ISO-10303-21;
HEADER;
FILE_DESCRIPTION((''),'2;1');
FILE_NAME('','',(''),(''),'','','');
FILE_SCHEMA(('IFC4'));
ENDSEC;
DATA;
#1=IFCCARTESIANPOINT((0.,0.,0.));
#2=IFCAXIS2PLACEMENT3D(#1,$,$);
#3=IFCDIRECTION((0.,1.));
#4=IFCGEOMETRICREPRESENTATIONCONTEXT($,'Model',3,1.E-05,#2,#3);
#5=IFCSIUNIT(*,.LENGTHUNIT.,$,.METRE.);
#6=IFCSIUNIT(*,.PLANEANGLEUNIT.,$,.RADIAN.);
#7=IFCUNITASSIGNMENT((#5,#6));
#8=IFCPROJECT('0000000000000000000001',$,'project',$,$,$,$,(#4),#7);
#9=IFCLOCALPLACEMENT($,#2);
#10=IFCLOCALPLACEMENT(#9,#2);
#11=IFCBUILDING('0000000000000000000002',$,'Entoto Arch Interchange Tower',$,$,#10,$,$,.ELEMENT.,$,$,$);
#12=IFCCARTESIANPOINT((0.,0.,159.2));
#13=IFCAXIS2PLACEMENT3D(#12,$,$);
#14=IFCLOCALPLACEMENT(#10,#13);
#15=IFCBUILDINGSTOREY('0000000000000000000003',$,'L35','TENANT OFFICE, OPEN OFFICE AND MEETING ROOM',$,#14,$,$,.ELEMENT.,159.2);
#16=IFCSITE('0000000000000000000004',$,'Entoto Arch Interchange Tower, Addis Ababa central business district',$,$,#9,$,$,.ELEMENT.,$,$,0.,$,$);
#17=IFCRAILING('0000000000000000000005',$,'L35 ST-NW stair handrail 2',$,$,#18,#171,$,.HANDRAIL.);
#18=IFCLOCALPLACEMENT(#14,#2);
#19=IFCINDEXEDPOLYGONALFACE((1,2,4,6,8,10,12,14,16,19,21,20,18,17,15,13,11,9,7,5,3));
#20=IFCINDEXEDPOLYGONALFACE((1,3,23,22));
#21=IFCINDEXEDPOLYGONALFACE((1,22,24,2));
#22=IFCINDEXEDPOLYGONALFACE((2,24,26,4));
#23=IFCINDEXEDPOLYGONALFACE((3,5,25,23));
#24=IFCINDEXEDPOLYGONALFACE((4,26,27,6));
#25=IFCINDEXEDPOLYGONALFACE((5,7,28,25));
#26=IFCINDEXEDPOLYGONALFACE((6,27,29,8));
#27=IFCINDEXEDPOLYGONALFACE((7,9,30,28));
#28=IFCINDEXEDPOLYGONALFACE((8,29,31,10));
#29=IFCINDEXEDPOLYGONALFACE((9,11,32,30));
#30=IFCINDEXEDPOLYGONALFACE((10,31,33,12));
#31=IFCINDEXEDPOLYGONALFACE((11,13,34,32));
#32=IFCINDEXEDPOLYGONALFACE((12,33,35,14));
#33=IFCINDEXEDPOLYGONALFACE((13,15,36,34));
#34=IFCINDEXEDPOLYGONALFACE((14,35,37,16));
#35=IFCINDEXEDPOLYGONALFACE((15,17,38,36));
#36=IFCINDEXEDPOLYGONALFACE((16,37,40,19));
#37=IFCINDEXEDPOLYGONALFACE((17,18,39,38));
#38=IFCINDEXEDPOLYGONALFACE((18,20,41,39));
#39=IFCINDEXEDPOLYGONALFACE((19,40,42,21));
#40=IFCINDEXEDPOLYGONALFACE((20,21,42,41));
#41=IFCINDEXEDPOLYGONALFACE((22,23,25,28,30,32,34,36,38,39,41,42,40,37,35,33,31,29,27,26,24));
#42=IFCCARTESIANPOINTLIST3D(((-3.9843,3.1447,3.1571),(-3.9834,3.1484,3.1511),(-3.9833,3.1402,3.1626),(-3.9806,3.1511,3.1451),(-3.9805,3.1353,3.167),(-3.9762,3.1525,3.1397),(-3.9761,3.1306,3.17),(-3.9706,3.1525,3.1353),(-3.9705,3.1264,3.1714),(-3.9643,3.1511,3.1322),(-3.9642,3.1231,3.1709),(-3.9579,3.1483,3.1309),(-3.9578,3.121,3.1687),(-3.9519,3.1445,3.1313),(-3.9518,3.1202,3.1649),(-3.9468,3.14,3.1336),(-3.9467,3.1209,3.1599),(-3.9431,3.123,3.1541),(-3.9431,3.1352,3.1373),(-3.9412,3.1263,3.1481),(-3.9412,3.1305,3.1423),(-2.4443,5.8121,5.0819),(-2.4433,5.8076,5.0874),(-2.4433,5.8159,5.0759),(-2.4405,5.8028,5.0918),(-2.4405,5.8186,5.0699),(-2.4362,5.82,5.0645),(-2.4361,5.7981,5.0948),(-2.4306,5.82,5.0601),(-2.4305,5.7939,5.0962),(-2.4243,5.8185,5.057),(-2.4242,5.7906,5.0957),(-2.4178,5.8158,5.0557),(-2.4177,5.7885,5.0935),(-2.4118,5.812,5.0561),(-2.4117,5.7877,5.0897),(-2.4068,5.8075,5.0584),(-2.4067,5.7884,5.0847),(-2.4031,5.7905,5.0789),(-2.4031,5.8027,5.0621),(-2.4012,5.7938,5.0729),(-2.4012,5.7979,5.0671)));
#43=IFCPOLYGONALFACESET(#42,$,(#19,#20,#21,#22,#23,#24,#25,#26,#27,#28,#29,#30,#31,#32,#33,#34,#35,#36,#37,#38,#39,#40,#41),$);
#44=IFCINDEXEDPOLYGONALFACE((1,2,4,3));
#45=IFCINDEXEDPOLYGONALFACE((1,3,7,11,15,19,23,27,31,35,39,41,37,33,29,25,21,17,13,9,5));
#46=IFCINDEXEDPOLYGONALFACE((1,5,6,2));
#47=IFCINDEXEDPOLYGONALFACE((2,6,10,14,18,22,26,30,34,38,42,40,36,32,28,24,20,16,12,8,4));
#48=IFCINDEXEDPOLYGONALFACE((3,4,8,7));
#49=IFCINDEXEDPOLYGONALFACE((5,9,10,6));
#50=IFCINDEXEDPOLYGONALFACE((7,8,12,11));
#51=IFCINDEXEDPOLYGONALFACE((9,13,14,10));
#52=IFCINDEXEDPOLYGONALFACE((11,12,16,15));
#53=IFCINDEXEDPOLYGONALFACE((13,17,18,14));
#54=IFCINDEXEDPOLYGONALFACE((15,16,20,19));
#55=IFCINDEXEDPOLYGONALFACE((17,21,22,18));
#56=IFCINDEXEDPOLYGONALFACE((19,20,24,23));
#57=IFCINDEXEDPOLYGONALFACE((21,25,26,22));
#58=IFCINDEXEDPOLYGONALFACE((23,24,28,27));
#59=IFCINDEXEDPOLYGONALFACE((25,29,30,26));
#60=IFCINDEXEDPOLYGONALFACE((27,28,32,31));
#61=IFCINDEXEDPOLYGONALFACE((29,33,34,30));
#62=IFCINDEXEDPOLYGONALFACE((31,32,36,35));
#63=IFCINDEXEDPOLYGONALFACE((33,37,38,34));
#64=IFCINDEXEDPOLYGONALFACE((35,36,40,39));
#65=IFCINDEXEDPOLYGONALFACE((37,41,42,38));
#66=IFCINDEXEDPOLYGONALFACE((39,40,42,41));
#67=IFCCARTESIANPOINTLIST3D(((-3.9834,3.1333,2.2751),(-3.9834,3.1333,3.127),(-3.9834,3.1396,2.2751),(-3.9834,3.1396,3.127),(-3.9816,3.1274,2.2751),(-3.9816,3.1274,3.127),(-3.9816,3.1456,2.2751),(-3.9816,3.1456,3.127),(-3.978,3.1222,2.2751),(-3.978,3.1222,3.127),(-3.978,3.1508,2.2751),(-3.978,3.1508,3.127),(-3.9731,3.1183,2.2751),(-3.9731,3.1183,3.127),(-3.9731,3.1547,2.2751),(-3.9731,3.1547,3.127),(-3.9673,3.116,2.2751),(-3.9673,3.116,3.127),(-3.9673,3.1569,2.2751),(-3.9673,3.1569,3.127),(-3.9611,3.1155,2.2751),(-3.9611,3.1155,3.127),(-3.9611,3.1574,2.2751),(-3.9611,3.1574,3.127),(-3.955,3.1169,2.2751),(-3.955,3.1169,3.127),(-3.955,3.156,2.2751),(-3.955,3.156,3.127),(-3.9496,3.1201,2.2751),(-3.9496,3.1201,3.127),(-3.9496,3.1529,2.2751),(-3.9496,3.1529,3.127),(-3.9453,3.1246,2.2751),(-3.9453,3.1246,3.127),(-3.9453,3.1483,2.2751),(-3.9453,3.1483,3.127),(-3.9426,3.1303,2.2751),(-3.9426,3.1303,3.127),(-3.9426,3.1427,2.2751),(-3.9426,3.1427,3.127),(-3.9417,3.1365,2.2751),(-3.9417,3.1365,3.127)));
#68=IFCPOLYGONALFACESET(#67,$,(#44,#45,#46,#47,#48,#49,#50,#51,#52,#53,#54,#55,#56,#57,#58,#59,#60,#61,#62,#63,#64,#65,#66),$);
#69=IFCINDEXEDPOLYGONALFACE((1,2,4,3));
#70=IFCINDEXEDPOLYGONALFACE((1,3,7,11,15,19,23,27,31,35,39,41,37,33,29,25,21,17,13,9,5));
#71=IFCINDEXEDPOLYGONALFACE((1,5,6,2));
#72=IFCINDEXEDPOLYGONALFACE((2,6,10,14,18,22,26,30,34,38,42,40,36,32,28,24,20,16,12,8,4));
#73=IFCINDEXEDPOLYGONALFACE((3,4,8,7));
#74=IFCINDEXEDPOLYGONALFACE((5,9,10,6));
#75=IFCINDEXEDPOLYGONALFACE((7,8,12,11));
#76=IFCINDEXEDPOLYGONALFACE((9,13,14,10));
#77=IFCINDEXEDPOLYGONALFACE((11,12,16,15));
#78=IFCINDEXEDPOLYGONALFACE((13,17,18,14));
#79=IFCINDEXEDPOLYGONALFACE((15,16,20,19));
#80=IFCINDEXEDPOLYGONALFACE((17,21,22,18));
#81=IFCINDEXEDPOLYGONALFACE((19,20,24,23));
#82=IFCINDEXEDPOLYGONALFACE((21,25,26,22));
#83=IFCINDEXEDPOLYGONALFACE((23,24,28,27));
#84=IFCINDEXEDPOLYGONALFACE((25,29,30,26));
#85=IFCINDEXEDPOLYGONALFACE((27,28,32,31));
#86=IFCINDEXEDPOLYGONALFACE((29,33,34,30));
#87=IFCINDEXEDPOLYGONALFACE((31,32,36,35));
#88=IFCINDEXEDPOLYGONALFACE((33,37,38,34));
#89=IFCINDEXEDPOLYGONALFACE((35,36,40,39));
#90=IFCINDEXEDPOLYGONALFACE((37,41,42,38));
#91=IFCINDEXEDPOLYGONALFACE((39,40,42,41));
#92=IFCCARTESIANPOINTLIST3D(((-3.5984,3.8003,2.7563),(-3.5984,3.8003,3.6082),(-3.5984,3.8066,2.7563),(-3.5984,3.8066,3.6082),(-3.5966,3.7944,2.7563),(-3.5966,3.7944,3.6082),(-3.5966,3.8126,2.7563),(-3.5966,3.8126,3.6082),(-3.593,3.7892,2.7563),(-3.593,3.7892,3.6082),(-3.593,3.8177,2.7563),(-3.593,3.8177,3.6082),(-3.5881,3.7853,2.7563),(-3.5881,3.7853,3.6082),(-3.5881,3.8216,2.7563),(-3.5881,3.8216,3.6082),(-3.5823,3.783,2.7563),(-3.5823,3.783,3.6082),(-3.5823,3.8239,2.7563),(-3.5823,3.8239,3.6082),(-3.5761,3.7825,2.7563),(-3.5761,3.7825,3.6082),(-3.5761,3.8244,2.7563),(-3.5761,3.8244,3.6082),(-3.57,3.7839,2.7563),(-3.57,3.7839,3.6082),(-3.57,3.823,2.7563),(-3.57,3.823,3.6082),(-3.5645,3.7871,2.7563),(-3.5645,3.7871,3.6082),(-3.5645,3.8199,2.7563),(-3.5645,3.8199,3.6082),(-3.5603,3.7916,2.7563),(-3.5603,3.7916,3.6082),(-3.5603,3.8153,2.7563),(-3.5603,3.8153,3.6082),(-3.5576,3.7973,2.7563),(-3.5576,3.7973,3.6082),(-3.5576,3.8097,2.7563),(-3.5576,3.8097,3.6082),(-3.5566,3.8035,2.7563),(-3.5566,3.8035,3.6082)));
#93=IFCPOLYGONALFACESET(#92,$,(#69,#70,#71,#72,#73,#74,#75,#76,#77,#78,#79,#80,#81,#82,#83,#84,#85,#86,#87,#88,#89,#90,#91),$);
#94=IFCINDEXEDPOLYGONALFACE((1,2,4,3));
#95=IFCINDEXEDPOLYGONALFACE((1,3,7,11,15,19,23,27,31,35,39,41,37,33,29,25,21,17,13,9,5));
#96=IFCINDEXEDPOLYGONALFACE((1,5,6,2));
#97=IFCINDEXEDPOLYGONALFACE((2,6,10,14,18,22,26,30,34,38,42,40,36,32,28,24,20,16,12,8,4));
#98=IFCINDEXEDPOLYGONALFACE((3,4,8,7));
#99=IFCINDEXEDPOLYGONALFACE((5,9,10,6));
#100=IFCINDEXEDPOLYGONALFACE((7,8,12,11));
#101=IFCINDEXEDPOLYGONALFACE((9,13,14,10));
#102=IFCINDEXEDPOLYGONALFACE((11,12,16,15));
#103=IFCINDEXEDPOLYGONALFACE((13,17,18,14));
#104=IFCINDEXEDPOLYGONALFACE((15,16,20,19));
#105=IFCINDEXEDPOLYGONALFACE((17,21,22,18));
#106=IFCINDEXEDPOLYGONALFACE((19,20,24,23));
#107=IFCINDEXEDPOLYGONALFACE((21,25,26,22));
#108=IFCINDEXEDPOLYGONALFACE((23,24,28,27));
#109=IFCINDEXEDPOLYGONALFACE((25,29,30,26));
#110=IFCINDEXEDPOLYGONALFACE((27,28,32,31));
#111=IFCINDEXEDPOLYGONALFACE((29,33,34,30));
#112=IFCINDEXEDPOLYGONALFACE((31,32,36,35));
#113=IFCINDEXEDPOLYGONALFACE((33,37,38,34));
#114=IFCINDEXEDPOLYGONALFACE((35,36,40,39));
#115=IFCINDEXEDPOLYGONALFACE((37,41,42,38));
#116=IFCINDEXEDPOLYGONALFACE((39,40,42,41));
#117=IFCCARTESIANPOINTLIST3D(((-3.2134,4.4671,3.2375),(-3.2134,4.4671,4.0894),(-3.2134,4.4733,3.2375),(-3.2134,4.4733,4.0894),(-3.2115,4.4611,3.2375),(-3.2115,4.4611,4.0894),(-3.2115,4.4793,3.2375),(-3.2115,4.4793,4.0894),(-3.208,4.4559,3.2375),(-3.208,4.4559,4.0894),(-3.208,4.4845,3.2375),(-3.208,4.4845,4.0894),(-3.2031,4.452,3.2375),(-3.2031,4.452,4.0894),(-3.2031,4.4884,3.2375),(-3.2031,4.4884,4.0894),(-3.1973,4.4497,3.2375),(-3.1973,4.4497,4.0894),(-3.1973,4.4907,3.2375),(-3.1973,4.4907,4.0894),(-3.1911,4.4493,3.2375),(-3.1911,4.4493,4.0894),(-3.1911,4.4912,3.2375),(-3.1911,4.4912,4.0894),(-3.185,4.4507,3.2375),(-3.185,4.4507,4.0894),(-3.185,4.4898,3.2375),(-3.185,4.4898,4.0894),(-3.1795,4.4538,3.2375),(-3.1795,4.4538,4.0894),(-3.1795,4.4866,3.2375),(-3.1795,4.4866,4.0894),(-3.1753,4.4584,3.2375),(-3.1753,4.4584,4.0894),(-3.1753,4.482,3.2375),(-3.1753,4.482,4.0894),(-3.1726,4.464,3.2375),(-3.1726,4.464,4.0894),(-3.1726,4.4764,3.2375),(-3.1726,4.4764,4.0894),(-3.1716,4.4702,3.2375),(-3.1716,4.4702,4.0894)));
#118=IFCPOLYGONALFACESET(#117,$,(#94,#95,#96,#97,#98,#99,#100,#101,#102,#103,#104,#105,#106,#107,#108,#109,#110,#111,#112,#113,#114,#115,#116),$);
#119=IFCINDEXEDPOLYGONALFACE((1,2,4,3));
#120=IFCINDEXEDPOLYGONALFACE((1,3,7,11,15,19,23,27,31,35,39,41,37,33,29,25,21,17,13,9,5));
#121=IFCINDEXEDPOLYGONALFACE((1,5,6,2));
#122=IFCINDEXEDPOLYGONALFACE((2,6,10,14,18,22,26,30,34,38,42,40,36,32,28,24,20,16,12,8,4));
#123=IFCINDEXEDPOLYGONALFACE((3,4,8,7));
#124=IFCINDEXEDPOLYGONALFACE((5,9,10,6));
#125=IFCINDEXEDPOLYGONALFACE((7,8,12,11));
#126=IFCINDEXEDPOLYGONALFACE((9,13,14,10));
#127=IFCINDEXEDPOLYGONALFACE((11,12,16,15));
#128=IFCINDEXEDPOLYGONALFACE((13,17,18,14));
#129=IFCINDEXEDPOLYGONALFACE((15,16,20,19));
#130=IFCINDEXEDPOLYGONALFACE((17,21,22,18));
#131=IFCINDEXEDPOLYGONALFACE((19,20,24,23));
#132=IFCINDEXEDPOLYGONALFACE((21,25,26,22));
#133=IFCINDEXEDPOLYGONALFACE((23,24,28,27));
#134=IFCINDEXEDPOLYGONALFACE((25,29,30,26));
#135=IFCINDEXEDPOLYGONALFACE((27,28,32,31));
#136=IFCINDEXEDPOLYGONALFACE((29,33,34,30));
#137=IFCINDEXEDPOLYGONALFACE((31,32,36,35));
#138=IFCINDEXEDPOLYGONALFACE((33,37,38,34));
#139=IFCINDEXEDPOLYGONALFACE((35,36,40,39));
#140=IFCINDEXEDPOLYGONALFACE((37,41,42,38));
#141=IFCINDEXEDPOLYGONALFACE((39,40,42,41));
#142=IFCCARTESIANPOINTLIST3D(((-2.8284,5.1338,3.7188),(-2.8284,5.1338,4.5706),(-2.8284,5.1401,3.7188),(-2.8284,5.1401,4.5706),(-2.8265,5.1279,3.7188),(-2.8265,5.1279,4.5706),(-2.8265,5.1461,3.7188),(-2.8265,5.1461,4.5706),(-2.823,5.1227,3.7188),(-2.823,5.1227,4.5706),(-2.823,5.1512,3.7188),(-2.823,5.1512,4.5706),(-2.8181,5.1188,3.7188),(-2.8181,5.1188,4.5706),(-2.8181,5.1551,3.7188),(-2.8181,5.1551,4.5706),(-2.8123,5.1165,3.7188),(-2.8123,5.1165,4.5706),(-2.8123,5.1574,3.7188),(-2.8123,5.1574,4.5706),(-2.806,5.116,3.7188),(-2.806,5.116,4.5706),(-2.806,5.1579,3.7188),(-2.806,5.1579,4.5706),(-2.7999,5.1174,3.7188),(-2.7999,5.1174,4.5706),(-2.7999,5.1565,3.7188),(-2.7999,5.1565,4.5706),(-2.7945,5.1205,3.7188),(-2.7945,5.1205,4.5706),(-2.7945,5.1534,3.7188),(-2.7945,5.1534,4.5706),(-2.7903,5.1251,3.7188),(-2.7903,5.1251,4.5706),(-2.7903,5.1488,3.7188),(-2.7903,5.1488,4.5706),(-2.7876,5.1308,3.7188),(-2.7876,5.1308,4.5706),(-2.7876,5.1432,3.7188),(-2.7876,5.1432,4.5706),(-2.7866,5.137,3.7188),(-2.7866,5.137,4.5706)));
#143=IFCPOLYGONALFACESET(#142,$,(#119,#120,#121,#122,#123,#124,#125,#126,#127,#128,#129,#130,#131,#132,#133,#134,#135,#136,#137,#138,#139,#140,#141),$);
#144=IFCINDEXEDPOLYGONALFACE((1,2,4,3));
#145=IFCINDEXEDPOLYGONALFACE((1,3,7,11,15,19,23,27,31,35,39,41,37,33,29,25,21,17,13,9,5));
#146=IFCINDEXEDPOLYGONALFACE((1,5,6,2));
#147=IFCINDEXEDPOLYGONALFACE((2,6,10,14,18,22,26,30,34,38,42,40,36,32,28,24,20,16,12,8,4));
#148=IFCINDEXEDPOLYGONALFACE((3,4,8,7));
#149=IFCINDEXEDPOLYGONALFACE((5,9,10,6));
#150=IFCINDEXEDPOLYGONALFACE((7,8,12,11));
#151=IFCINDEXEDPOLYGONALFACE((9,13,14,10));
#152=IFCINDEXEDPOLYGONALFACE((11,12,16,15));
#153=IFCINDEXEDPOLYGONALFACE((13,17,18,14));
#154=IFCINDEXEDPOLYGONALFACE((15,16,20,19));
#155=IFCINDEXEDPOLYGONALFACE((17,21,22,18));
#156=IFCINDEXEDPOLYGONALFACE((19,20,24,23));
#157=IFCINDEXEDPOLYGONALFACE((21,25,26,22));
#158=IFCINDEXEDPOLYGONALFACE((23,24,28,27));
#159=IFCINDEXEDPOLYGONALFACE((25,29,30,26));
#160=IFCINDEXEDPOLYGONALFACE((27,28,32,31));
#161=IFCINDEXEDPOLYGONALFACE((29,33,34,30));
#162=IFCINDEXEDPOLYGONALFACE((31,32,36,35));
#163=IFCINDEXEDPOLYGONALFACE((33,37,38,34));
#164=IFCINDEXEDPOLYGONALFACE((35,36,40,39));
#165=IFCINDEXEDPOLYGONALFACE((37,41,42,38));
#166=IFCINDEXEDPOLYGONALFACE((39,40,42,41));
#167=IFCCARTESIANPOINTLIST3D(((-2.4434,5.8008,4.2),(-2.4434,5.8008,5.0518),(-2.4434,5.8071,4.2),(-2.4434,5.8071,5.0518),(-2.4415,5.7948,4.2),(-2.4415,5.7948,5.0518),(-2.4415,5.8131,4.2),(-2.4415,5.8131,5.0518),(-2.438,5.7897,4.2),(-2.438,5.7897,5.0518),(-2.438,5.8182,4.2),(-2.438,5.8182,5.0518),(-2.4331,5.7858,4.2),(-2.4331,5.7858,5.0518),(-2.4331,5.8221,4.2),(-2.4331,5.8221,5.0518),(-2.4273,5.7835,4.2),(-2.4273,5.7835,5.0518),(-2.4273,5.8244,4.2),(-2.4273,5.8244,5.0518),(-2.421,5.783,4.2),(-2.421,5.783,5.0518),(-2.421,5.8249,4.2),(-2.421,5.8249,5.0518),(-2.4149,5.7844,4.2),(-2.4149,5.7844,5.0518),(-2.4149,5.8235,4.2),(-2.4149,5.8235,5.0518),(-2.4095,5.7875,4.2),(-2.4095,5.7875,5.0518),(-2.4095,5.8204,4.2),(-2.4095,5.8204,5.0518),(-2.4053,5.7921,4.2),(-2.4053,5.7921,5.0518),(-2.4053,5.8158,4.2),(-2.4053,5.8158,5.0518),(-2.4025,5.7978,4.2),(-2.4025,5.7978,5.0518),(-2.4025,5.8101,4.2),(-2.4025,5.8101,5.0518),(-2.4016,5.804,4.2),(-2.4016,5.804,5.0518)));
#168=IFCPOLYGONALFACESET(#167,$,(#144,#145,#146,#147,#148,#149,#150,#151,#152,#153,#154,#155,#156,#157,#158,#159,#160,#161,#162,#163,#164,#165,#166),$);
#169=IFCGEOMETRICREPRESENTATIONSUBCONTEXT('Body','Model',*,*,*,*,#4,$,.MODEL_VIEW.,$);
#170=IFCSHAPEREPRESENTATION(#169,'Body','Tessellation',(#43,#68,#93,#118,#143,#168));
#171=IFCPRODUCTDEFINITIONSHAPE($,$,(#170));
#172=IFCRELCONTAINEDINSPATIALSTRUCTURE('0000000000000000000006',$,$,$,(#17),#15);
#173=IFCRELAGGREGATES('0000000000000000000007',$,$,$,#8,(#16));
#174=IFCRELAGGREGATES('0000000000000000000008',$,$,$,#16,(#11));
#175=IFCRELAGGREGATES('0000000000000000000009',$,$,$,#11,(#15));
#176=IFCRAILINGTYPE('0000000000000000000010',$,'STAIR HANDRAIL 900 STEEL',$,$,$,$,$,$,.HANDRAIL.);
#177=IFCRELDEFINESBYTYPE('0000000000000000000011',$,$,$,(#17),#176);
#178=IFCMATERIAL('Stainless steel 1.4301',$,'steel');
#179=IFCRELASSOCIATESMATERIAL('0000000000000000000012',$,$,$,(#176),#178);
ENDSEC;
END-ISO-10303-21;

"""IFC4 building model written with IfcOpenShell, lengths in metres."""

from ifc_helpers import new_model, si_unit, direction, frame, origin, origin_2d, place, context, subcontext, project, spatial, circle, extrude, material, type_object, element, save


model = new_model("IFC4")

# Units and contexts
model_context = context("Model", 3, precision=1e-05, world=origin(), true_north=direction((0.0, 1.0)))
body_context = subcontext(model_context, "Body", "Model", "MODEL_VIEW")
ifc_project = project(units=[si_unit("LENGTHUNIT", "METRE"), si_unit("PLANEANGLEUNIT", "RADIAN")], contexts=[model_context])

# Site, building, storey
site_placement = place(None, origin())
site = spatial("IfcSite", under=ifc_project, at=site_placement, Name="Entoto Arch Interchange Tower, Addis Ababa central business district", CompositionType="ELEMENT", RefElevation=0.0)
building_placement = place(site_placement, origin())
building = spatial("IfcBuilding", under=site, at=building_placement, Name="Entoto Arch Interchange Tower", CompositionType="ELEMENT")
storey_placement = place(building_placement, frame((0.0, 0.0, 159.2)))
storey = spatial("IfcBuildingStorey", under=building, at=storey_placement, Name="L35", Description="TENANT OFFICE, OPEN OFFICE AND MEETING ROOM", CompositionType="ELEMENT", Elevation=159.2)

# Railing
ifc_material_1 = material(Name="Stainless steel 1.4301", Category="steel")
railing_type_1 = type_object("IfcRailingType", Name="STAIR HANDRAIL 900 STEEL", PredefinedType="HANDRAIL", material=ifc_material_1)
railing_1_placement = place(storey_placement, frame((-3.9626, 3.1365, 2.2751)))
element("IfcRailing", 1, at=railing_1_placement, inside=storey, type_object=railing_type_1, Name="L35 ST-NW stair handrail 2", PredefinedType="HANDRAIL", context=body_context, shape_type="SweptSolid", body=[
    extrude(circle(Radius=0.0239, at=origin_2d()), frame((0.0, 0.0, 0.876), z_axis=(0.42401, 0.734421, 0.529945), x_axis=(-0.86603, 0.499992, 0.0)), (0.0, 0.0, 1.0), 3.6321),
    extrude(circle(Radius=0.021, at=origin_2d()), origin(), (0.0, 0.0, 1.0), 0.8518),
    extrude(circle(Radius=0.021, at=origin_2d()), frame((0.385, 0.667, 0.4812)), (0.0, 0.0, 1.0), 0.8518),
    extrude(circle(Radius=0.021, at=origin_2d()), frame((0.77, 1.3337, 0.9624)), (0.0, 0.0, 1.0), 0.8518),
    extrude(circle(Radius=0.021, at=origin_2d()), frame((1.155, 2.0005, 1.4436)), (0.0, 0.0, 1.0), 0.8518),
    extrude(circle(Radius=0.021, at=origin_2d()), frame((1.54, 2.6675, 1.9248)), (0.0, 0.0, 1.0), 0.8518),
])

save(model, "model.ifc")
